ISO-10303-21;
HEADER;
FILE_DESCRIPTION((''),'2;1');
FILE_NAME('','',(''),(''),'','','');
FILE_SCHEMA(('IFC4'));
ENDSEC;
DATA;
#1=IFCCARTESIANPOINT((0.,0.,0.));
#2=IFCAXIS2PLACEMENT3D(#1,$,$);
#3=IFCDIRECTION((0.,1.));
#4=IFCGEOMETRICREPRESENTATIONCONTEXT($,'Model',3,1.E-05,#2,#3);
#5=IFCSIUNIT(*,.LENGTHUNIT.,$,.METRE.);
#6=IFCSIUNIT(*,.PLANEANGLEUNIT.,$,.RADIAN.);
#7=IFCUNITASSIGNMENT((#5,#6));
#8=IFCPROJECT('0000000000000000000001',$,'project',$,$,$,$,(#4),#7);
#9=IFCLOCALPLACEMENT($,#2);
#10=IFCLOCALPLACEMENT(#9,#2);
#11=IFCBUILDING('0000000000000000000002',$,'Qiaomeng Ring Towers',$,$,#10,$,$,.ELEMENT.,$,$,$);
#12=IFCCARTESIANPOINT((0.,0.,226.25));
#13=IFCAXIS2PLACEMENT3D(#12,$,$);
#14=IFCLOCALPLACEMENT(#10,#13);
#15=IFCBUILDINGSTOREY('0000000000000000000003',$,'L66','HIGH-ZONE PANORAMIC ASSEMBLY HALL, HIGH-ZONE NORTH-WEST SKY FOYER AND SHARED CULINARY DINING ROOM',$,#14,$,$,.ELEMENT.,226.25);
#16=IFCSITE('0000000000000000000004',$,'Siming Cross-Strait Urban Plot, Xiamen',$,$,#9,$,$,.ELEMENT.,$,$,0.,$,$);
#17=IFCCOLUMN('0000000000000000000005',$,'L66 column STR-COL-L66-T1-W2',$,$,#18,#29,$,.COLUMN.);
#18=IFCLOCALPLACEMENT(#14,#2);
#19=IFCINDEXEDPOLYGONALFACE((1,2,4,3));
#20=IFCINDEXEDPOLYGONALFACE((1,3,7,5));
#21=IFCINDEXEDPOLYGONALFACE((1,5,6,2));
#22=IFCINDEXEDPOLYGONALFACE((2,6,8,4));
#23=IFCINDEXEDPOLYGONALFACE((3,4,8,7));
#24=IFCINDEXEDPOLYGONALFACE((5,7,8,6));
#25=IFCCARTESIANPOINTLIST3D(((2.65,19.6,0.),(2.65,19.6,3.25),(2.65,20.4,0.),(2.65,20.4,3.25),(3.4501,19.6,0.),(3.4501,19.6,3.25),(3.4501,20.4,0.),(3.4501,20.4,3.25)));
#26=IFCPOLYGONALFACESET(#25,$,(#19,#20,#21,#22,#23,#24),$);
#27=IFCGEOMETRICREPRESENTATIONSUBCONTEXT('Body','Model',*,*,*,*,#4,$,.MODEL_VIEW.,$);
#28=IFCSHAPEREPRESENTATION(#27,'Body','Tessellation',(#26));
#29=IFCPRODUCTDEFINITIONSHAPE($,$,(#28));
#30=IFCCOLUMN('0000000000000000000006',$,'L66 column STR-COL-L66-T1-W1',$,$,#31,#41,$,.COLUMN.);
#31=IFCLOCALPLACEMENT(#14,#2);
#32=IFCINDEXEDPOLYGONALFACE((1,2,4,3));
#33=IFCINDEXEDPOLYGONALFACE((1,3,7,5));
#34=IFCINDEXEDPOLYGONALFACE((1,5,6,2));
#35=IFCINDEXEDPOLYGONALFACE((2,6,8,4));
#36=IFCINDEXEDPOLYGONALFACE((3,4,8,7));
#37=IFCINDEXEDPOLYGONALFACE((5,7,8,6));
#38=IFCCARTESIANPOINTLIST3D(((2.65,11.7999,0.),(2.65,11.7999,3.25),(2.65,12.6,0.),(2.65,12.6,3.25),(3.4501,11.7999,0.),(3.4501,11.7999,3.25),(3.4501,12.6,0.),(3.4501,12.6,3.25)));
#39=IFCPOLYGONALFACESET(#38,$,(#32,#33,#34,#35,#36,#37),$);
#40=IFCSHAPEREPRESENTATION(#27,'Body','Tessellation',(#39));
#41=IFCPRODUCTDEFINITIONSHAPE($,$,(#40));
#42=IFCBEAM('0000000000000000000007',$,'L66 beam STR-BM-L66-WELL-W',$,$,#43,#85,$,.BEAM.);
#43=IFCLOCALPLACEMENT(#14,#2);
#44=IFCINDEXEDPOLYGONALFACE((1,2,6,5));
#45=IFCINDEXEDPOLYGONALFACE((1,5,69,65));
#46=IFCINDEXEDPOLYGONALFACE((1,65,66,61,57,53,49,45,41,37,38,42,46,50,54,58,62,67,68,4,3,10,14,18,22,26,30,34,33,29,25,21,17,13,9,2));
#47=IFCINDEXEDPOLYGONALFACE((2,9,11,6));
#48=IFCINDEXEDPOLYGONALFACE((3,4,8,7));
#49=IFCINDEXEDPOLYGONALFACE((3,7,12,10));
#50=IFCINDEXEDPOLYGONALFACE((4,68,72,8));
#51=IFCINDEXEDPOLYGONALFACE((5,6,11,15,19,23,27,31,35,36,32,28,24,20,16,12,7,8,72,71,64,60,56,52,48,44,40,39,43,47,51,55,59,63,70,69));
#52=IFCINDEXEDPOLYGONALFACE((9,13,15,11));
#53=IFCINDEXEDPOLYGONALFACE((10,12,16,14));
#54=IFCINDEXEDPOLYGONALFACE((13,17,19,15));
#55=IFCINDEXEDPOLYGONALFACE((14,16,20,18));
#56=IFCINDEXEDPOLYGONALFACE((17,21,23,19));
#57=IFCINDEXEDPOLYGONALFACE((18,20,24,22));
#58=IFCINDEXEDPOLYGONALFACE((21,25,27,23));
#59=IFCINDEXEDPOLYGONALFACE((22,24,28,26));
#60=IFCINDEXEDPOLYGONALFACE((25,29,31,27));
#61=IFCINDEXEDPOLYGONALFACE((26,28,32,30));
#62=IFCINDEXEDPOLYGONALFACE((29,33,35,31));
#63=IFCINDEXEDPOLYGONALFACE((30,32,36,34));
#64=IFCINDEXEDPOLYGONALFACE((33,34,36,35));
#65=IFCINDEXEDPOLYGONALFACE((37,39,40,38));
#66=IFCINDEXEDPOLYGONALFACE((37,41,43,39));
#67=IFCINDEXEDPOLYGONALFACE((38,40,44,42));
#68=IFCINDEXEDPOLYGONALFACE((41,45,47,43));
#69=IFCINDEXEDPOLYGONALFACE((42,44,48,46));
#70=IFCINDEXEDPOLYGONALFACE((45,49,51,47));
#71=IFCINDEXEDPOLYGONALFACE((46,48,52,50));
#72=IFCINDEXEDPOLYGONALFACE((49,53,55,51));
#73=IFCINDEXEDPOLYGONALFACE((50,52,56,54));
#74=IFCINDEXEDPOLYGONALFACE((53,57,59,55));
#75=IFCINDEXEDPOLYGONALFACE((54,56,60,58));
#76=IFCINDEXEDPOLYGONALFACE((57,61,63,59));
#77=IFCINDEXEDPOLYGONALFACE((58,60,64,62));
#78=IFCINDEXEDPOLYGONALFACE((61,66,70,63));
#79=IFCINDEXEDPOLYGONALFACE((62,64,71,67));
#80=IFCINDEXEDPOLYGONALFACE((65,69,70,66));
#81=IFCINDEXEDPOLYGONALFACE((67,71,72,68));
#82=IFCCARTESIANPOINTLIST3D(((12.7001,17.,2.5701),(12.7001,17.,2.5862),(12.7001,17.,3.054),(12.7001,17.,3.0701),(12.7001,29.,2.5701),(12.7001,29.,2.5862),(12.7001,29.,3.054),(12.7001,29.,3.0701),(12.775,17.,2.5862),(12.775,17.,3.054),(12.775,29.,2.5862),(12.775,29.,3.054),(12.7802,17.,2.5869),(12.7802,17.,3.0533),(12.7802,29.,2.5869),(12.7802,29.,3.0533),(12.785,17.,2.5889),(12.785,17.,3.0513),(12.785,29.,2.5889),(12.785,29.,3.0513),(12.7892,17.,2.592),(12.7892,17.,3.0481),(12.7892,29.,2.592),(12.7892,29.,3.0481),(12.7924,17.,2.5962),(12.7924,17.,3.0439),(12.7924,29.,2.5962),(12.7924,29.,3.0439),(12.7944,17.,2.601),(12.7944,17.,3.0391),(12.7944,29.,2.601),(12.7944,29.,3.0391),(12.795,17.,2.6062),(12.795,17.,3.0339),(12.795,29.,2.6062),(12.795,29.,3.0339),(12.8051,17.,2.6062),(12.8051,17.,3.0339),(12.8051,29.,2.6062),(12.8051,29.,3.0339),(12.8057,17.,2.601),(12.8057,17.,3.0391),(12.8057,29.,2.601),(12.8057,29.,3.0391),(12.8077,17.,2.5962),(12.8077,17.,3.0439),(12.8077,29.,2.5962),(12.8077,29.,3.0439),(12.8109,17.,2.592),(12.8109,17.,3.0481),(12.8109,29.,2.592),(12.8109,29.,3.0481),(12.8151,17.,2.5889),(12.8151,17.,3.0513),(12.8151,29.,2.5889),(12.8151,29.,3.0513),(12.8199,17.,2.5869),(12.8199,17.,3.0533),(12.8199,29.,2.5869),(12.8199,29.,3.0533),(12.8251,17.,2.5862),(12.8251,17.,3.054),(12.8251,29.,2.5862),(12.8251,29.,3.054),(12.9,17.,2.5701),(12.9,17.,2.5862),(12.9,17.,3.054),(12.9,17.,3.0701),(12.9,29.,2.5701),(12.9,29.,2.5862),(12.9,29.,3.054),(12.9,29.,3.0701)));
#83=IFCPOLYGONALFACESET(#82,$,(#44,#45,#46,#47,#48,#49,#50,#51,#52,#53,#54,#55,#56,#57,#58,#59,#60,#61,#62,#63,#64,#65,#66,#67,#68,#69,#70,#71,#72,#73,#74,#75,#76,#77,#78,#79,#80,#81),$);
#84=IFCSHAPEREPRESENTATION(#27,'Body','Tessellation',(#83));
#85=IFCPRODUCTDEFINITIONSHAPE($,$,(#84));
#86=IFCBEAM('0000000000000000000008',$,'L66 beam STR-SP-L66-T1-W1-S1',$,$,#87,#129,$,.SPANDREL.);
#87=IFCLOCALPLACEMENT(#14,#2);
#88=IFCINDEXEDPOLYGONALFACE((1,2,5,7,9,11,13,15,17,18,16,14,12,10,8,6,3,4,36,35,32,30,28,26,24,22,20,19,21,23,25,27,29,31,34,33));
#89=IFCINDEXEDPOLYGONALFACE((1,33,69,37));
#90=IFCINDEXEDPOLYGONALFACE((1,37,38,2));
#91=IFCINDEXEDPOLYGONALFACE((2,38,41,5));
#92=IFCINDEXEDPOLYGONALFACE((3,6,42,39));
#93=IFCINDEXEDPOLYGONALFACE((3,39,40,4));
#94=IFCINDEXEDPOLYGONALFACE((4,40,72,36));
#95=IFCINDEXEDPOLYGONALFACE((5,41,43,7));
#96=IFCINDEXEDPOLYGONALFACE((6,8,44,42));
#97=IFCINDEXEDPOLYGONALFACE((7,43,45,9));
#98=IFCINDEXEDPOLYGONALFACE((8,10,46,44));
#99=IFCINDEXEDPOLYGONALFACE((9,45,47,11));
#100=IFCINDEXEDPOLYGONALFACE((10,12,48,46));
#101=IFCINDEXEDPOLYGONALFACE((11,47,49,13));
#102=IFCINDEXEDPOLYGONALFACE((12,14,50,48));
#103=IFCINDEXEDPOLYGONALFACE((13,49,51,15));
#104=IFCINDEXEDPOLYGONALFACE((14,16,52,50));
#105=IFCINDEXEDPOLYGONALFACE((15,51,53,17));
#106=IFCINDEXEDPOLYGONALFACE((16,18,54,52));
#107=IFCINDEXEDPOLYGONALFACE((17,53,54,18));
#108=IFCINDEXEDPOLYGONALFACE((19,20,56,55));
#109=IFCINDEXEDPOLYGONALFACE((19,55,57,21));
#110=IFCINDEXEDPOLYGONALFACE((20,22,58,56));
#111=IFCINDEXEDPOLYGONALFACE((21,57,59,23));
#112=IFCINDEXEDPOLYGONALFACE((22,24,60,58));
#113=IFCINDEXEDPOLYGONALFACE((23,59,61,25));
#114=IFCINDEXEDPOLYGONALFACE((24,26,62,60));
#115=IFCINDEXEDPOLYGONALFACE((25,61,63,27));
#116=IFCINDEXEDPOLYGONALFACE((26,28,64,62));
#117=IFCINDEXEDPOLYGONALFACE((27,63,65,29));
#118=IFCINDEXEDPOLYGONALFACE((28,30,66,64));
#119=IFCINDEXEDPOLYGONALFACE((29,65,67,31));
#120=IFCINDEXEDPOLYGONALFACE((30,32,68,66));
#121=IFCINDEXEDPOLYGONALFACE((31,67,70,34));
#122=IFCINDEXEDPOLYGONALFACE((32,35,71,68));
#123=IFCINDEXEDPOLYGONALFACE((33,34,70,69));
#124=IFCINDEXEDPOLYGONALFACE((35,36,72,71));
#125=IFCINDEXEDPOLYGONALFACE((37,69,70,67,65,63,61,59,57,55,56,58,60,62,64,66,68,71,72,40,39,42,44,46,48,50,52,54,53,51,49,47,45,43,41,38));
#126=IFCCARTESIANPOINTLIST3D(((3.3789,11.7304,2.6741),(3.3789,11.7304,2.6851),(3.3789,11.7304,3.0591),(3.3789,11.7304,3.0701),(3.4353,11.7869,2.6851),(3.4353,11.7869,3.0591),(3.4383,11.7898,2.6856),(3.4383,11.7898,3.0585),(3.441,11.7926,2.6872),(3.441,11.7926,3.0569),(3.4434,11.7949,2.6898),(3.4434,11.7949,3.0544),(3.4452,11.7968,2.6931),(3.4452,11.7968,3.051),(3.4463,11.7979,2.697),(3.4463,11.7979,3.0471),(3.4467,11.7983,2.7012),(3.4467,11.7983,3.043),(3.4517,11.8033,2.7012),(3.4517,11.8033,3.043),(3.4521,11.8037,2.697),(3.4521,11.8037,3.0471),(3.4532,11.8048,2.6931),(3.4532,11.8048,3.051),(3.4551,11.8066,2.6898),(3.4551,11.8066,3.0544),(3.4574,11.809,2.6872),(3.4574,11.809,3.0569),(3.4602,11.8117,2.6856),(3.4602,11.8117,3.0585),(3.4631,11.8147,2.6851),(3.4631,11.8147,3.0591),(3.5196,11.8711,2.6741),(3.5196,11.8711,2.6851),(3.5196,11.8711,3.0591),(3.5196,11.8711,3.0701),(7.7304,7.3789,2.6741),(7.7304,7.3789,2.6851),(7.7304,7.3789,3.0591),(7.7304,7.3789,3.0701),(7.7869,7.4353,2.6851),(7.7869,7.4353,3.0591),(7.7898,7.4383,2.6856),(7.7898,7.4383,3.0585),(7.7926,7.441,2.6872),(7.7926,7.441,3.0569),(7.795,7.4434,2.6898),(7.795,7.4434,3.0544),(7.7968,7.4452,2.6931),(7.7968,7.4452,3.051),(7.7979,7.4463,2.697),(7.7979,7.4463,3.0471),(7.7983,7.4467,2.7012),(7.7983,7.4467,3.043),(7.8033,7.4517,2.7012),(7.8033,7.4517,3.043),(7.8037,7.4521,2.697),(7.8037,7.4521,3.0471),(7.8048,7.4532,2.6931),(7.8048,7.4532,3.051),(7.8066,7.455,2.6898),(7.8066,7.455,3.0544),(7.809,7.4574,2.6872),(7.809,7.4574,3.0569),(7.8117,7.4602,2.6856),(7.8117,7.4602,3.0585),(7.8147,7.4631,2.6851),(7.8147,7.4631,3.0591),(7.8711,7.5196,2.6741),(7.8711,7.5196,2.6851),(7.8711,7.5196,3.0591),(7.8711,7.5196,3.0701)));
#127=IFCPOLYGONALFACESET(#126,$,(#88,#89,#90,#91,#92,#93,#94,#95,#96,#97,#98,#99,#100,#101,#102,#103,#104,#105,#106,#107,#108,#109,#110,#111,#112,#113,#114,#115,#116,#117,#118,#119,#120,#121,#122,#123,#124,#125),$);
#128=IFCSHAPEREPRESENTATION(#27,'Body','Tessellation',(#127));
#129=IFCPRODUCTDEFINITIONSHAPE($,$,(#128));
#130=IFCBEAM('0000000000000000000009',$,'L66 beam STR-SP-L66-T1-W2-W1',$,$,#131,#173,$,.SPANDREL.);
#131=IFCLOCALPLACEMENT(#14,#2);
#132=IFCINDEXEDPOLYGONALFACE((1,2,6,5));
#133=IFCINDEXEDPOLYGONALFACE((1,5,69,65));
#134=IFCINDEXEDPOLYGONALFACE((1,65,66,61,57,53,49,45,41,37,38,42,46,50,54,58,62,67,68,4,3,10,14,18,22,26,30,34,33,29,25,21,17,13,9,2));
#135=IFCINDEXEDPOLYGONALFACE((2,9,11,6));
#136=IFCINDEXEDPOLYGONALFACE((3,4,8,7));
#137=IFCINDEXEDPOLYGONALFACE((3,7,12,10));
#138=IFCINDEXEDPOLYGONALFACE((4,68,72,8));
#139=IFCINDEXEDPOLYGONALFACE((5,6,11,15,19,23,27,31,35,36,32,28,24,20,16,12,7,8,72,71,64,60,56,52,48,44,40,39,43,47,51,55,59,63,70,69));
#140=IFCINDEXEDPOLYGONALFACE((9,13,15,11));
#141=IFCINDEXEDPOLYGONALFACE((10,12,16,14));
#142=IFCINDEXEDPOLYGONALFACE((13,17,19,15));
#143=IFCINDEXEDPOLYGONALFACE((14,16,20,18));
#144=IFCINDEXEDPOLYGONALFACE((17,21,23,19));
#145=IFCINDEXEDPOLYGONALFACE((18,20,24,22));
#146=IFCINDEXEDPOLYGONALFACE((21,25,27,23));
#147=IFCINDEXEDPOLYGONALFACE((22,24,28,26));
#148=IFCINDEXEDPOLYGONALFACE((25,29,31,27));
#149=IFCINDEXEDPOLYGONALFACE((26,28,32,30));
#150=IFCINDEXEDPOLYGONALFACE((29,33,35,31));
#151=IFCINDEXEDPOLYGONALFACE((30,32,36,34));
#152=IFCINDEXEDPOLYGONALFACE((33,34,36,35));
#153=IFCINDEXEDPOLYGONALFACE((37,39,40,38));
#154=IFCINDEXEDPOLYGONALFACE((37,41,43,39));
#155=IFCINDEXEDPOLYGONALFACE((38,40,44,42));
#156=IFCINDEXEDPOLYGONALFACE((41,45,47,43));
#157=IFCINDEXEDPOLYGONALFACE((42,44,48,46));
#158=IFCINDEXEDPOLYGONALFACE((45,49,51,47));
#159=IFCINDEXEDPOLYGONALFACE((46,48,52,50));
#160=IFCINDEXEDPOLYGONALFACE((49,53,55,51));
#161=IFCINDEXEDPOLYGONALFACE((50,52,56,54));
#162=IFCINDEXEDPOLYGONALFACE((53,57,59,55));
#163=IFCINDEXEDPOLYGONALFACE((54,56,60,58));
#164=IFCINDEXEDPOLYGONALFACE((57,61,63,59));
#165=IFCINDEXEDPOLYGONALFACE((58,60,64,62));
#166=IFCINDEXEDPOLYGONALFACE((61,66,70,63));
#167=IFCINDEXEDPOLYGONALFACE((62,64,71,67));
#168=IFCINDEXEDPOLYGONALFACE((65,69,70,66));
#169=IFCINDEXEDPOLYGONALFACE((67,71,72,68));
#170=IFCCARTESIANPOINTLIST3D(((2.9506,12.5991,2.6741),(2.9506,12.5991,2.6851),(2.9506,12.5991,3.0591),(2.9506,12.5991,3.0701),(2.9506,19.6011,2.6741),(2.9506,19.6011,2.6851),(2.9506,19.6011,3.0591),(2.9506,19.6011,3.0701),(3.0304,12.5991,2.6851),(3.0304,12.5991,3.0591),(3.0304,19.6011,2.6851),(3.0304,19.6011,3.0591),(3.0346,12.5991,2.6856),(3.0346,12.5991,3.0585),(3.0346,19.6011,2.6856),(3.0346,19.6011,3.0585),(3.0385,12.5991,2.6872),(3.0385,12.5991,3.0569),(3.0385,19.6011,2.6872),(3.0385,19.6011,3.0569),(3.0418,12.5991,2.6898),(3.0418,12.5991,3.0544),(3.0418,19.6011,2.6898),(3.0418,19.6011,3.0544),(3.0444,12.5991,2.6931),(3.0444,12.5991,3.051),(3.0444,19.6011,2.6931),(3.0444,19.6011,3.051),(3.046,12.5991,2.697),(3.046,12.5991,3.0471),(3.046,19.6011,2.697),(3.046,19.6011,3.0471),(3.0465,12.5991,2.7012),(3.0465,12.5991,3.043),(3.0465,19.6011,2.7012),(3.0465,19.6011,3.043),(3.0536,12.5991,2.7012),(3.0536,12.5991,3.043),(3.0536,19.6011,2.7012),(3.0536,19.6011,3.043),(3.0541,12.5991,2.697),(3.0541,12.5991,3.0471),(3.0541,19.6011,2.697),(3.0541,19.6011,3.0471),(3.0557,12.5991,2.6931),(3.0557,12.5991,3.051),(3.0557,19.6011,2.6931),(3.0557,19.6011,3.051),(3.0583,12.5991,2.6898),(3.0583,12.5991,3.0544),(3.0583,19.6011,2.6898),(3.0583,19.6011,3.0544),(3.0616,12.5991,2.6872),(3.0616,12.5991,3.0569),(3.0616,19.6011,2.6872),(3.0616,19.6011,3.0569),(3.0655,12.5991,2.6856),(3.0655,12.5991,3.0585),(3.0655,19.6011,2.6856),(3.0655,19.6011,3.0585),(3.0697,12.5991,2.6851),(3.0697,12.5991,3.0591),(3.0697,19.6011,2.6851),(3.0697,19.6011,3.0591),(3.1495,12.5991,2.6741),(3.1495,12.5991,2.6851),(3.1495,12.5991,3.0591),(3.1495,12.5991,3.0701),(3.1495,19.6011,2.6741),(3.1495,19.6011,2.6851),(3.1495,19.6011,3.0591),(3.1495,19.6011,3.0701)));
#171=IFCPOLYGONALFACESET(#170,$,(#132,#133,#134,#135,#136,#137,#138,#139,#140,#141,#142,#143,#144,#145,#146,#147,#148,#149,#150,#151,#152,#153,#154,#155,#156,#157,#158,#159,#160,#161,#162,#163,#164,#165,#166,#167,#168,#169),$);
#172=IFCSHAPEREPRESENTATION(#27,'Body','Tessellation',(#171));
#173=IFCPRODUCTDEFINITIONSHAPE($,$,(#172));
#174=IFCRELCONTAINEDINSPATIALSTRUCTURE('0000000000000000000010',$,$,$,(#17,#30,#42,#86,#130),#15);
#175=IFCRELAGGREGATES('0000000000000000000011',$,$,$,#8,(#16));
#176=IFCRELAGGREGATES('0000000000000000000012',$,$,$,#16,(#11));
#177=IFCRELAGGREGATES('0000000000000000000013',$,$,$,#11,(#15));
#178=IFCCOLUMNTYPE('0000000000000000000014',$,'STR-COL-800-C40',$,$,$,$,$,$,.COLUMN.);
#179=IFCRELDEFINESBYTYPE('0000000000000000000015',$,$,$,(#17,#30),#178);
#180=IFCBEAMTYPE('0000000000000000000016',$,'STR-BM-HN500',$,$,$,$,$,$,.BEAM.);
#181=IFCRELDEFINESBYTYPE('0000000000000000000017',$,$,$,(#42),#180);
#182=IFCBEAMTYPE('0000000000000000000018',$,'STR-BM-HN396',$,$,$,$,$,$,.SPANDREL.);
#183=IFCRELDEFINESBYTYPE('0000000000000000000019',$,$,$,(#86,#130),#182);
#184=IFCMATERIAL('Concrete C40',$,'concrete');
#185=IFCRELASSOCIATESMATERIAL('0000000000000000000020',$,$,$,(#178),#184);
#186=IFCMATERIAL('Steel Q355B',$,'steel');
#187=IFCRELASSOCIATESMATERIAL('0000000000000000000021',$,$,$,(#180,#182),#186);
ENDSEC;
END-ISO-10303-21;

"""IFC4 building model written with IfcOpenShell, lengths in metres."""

from ifc_helpers import new_model, si_unit, direction, frame, origin, origin_2d, place, context, subcontext, project, spatial, rectangle, i_section, extrude, source, transform, mapped, material, material_profile, profile_set, type_object, element, save


model = new_model("IFC4")

# Units and contexts
model_context = context("Model", 3, precision=1e-05, world=origin(), true_north=direction((0.0, 1.0)))
body_context = subcontext(model_context, "Body", "Model", "MODEL_VIEW")
ifc_project = project(units=[si_unit("LENGTHUNIT", "METRE"), si_unit("PLANEANGLEUNIT", "RADIAN")], contexts=[model_context])

# Site, building, storey
site_placement = place(None, origin())
site = spatial("IfcSite", under=ifc_project, at=site_placement, Name="Siming Cross-Strait Urban Plot, Xiamen", CompositionType="ELEMENT", RefElevation=0.0)
building_placement = place(site_placement, origin())
building = spatial("IfcBuilding", under=site, at=building_placement, Name="Qiaomeng Ring Towers", CompositionType="ELEMENT")
storey_placement = place(building_placement, frame((0.0, 0.0, 226.25)))
storey = spatial("IfcBuildingStorey", under=building, at=storey_placement, Name="L66", Description="HIGH-ZONE PANORAMIC ASSEMBLY HALL, HIGH-ZONE NORTH-WEST SKY FOYER AND SHARED CULINARY DINING ROOM", CompositionType="ELEMENT", Elevation=226.25)

# Columns
ifc_material_1 = material(Name="Concrete C40", Category="concrete")
ifc_material_profile_1 = material_profile(ifc_material_1, rectangle(XDim=0.8, YDim=0.8, at=origin_2d()), Name="RC COL 800x800")
ifc_profile_set_1 = profile_set([ifc_material_profile_1], Name="Concrete C40")
column_type = type_object("IfcColumnType", Name="STR-COL-800-C40", PredefinedType="COLUMN", material=ifc_profile_set_1)
shared_shape_1 = source(origin(), body_context, "Body", "SweptSolid", [
    extrude(rectangle(XDim=0.8, YDim=0.8, at=origin_2d()), origin(), (0.0, 0.0, 1.0), 3.25),
])
for number, where, z_axis, x_axis, name in (
    (1, (3.05, 20.0, 0.0), (0.0, 0.0, 1.0), (1.0, 0.0, 0.0), "L66 column STR-COL-L66-T1-W2"),
    (2, (3.05, 12.2, 0.0), (0.0, 0.0, 1.0), (1.0, 0.0, 0.0), "L66 column STR-COL-L66-T1-W1"),
):
    element("IfcColumn", number, at=place(storey_placement, frame(where, z_axis=z_axis, x_axis=x_axis)), inside=storey, type_object=column_type, Name=name, PredefinedType="COLUMN", context=body_context, shape_type="MappedRepresentation", body=[
        mapped(shared_shape_1, transform((0.0, 0.0, 0.0), x_axis=(1.0, 0.0, 0.0), y_axis=(0.0, 1.0, 0.0), z_axis=(0.0, 0.0, 1.0), scale=1.0)),
    ])

# Beams
ifc_material_2 = material(Name="Steel Q355B", Category="steel")
ifc_material_profile_2 = material_profile(ifc_material_2, i_section(OverallWidth=0.2, OverallDepth=0.5, WebThickness=0.01, FlangeThickness=0.0161, FilletRadius=0.02, at=origin_2d()), Name="HN 500x200x10x16")
ifc_profile_set_2 = profile_set([ifc_material_profile_2], Name="Steel Q355B")
beam_type_1 = type_object("IfcBeamType", Name="STR-BM-HN500", PredefinedType="BEAM", material=ifc_profile_set_2)
shared_shape_2 = source(origin(), body_context, "Body", "SweptSolid", [
    extrude(i_section(OverallWidth=0.2, OverallDepth=0.5, WebThickness=0.01, FlangeThickness=0.0161, FilletRadius=0.02, at=origin_2d()), origin(), (0.0, 0.0, 1.0), 12.0),
])
beam_1_placement = place(storey_placement, frame((12.8, 17.0, 2.8201), z_axis=(0.0, 1.0, 0.0), x_axis=(-1.0, 0.0, 0.0)))
element("IfcBeam", 3, at=beam_1_placement, inside=storey, type_object=beam_type_1, Name="L66 beam STR-BM-L66-WELL-W", PredefinedType="BEAM", context=body_context, shape_type="MappedRepresentation", body=[
    mapped(shared_shape_2, transform((0.0, 0.0, 0.0), x_axis=(1.0, 0.0, 0.0), y_axis=(0.0, 1.0, 0.0), z_axis=(0.0, 0.0, 1.0), scale=1.0)),
])
ifc_material_profile_3 = material_profile(ifc_material_2, i_section(OverallWidth=0.199, OverallDepth=0.396, WebThickness=0.0071, FlangeThickness=0.011, FilletRadius=0.0161, at=origin_2d()), Name="HN 396x199x7x11")
ifc_profile_set_3 = profile_set([ifc_material_profile_3], Name="Steel Q355B")
beam_type_2 = type_object("IfcBeamType", Name="STR-BM-HN396", PredefinedType="SPANDREL", material=ifc_profile_set_3)
shared_shape_3 = source(origin(), body_context, "Body", "SweptSolid", [
    extrude(i_section(OverallWidth=0.199, OverallDepth=0.396, WebThickness=0.0071, FlangeThickness=0.011, FilletRadius=0.0161, at=origin_2d()), origin(), (0.0, 0.0, 1.0), 6.1541),
])
beam_2_placement = place(storey_placement, frame((3.4492, 11.8008, 2.8721), z_axis=(0.707107, -0.707107, 0.0), x_axis=(0.707107, 0.707107, 0.0)))
element("IfcBeam", 4, at=beam_2_placement, inside=storey, type_object=beam_type_2, Name="L66 beam STR-SP-L66-T1-W1-S1", PredefinedType="SPANDREL", context=body_context, shape_type="MappedRepresentation", body=[
    mapped(shared_shape_3, transform((0.0, 0.0, 0.0), x_axis=(1.0, 0.0, 0.0), y_axis=(0.0, 1.0, 0.0), z_axis=(0.0, 0.0, 1.0), scale=1.0)),
])
shared_shape_4 = source(origin(), body_context, "Body", "SweptSolid", [
    extrude(i_section(OverallWidth=0.199, OverallDepth=0.396, WebThickness=0.0071, FlangeThickness=0.011, FilletRadius=0.0161, at=origin_2d()), origin(), (0.0, 0.0, 1.0), 7.002),
])
beam_3_placement = place(storey_placement, frame((3.05, 19.6011, 2.8721), z_axis=(0.0, -1.0, 0.0), x_axis=(1.0, 0.0, 0.0)))
element("IfcBeam", 5, at=beam_3_placement, inside=storey, type_object=beam_type_2, Name="L66 beam STR-SP-L66-T1-W2-W1", PredefinedType="SPANDREL", context=body_context, shape_type="MappedRepresentation", body=[
    mapped(shared_shape_4, transform((0.0, 0.0, 0.0), x_axis=(1.0, 0.0, 0.0), y_axis=(0.0, 1.0, 0.0), z_axis=(0.0, 0.0, 1.0), scale=1.0)),
])

save(model, "model.ifc")
